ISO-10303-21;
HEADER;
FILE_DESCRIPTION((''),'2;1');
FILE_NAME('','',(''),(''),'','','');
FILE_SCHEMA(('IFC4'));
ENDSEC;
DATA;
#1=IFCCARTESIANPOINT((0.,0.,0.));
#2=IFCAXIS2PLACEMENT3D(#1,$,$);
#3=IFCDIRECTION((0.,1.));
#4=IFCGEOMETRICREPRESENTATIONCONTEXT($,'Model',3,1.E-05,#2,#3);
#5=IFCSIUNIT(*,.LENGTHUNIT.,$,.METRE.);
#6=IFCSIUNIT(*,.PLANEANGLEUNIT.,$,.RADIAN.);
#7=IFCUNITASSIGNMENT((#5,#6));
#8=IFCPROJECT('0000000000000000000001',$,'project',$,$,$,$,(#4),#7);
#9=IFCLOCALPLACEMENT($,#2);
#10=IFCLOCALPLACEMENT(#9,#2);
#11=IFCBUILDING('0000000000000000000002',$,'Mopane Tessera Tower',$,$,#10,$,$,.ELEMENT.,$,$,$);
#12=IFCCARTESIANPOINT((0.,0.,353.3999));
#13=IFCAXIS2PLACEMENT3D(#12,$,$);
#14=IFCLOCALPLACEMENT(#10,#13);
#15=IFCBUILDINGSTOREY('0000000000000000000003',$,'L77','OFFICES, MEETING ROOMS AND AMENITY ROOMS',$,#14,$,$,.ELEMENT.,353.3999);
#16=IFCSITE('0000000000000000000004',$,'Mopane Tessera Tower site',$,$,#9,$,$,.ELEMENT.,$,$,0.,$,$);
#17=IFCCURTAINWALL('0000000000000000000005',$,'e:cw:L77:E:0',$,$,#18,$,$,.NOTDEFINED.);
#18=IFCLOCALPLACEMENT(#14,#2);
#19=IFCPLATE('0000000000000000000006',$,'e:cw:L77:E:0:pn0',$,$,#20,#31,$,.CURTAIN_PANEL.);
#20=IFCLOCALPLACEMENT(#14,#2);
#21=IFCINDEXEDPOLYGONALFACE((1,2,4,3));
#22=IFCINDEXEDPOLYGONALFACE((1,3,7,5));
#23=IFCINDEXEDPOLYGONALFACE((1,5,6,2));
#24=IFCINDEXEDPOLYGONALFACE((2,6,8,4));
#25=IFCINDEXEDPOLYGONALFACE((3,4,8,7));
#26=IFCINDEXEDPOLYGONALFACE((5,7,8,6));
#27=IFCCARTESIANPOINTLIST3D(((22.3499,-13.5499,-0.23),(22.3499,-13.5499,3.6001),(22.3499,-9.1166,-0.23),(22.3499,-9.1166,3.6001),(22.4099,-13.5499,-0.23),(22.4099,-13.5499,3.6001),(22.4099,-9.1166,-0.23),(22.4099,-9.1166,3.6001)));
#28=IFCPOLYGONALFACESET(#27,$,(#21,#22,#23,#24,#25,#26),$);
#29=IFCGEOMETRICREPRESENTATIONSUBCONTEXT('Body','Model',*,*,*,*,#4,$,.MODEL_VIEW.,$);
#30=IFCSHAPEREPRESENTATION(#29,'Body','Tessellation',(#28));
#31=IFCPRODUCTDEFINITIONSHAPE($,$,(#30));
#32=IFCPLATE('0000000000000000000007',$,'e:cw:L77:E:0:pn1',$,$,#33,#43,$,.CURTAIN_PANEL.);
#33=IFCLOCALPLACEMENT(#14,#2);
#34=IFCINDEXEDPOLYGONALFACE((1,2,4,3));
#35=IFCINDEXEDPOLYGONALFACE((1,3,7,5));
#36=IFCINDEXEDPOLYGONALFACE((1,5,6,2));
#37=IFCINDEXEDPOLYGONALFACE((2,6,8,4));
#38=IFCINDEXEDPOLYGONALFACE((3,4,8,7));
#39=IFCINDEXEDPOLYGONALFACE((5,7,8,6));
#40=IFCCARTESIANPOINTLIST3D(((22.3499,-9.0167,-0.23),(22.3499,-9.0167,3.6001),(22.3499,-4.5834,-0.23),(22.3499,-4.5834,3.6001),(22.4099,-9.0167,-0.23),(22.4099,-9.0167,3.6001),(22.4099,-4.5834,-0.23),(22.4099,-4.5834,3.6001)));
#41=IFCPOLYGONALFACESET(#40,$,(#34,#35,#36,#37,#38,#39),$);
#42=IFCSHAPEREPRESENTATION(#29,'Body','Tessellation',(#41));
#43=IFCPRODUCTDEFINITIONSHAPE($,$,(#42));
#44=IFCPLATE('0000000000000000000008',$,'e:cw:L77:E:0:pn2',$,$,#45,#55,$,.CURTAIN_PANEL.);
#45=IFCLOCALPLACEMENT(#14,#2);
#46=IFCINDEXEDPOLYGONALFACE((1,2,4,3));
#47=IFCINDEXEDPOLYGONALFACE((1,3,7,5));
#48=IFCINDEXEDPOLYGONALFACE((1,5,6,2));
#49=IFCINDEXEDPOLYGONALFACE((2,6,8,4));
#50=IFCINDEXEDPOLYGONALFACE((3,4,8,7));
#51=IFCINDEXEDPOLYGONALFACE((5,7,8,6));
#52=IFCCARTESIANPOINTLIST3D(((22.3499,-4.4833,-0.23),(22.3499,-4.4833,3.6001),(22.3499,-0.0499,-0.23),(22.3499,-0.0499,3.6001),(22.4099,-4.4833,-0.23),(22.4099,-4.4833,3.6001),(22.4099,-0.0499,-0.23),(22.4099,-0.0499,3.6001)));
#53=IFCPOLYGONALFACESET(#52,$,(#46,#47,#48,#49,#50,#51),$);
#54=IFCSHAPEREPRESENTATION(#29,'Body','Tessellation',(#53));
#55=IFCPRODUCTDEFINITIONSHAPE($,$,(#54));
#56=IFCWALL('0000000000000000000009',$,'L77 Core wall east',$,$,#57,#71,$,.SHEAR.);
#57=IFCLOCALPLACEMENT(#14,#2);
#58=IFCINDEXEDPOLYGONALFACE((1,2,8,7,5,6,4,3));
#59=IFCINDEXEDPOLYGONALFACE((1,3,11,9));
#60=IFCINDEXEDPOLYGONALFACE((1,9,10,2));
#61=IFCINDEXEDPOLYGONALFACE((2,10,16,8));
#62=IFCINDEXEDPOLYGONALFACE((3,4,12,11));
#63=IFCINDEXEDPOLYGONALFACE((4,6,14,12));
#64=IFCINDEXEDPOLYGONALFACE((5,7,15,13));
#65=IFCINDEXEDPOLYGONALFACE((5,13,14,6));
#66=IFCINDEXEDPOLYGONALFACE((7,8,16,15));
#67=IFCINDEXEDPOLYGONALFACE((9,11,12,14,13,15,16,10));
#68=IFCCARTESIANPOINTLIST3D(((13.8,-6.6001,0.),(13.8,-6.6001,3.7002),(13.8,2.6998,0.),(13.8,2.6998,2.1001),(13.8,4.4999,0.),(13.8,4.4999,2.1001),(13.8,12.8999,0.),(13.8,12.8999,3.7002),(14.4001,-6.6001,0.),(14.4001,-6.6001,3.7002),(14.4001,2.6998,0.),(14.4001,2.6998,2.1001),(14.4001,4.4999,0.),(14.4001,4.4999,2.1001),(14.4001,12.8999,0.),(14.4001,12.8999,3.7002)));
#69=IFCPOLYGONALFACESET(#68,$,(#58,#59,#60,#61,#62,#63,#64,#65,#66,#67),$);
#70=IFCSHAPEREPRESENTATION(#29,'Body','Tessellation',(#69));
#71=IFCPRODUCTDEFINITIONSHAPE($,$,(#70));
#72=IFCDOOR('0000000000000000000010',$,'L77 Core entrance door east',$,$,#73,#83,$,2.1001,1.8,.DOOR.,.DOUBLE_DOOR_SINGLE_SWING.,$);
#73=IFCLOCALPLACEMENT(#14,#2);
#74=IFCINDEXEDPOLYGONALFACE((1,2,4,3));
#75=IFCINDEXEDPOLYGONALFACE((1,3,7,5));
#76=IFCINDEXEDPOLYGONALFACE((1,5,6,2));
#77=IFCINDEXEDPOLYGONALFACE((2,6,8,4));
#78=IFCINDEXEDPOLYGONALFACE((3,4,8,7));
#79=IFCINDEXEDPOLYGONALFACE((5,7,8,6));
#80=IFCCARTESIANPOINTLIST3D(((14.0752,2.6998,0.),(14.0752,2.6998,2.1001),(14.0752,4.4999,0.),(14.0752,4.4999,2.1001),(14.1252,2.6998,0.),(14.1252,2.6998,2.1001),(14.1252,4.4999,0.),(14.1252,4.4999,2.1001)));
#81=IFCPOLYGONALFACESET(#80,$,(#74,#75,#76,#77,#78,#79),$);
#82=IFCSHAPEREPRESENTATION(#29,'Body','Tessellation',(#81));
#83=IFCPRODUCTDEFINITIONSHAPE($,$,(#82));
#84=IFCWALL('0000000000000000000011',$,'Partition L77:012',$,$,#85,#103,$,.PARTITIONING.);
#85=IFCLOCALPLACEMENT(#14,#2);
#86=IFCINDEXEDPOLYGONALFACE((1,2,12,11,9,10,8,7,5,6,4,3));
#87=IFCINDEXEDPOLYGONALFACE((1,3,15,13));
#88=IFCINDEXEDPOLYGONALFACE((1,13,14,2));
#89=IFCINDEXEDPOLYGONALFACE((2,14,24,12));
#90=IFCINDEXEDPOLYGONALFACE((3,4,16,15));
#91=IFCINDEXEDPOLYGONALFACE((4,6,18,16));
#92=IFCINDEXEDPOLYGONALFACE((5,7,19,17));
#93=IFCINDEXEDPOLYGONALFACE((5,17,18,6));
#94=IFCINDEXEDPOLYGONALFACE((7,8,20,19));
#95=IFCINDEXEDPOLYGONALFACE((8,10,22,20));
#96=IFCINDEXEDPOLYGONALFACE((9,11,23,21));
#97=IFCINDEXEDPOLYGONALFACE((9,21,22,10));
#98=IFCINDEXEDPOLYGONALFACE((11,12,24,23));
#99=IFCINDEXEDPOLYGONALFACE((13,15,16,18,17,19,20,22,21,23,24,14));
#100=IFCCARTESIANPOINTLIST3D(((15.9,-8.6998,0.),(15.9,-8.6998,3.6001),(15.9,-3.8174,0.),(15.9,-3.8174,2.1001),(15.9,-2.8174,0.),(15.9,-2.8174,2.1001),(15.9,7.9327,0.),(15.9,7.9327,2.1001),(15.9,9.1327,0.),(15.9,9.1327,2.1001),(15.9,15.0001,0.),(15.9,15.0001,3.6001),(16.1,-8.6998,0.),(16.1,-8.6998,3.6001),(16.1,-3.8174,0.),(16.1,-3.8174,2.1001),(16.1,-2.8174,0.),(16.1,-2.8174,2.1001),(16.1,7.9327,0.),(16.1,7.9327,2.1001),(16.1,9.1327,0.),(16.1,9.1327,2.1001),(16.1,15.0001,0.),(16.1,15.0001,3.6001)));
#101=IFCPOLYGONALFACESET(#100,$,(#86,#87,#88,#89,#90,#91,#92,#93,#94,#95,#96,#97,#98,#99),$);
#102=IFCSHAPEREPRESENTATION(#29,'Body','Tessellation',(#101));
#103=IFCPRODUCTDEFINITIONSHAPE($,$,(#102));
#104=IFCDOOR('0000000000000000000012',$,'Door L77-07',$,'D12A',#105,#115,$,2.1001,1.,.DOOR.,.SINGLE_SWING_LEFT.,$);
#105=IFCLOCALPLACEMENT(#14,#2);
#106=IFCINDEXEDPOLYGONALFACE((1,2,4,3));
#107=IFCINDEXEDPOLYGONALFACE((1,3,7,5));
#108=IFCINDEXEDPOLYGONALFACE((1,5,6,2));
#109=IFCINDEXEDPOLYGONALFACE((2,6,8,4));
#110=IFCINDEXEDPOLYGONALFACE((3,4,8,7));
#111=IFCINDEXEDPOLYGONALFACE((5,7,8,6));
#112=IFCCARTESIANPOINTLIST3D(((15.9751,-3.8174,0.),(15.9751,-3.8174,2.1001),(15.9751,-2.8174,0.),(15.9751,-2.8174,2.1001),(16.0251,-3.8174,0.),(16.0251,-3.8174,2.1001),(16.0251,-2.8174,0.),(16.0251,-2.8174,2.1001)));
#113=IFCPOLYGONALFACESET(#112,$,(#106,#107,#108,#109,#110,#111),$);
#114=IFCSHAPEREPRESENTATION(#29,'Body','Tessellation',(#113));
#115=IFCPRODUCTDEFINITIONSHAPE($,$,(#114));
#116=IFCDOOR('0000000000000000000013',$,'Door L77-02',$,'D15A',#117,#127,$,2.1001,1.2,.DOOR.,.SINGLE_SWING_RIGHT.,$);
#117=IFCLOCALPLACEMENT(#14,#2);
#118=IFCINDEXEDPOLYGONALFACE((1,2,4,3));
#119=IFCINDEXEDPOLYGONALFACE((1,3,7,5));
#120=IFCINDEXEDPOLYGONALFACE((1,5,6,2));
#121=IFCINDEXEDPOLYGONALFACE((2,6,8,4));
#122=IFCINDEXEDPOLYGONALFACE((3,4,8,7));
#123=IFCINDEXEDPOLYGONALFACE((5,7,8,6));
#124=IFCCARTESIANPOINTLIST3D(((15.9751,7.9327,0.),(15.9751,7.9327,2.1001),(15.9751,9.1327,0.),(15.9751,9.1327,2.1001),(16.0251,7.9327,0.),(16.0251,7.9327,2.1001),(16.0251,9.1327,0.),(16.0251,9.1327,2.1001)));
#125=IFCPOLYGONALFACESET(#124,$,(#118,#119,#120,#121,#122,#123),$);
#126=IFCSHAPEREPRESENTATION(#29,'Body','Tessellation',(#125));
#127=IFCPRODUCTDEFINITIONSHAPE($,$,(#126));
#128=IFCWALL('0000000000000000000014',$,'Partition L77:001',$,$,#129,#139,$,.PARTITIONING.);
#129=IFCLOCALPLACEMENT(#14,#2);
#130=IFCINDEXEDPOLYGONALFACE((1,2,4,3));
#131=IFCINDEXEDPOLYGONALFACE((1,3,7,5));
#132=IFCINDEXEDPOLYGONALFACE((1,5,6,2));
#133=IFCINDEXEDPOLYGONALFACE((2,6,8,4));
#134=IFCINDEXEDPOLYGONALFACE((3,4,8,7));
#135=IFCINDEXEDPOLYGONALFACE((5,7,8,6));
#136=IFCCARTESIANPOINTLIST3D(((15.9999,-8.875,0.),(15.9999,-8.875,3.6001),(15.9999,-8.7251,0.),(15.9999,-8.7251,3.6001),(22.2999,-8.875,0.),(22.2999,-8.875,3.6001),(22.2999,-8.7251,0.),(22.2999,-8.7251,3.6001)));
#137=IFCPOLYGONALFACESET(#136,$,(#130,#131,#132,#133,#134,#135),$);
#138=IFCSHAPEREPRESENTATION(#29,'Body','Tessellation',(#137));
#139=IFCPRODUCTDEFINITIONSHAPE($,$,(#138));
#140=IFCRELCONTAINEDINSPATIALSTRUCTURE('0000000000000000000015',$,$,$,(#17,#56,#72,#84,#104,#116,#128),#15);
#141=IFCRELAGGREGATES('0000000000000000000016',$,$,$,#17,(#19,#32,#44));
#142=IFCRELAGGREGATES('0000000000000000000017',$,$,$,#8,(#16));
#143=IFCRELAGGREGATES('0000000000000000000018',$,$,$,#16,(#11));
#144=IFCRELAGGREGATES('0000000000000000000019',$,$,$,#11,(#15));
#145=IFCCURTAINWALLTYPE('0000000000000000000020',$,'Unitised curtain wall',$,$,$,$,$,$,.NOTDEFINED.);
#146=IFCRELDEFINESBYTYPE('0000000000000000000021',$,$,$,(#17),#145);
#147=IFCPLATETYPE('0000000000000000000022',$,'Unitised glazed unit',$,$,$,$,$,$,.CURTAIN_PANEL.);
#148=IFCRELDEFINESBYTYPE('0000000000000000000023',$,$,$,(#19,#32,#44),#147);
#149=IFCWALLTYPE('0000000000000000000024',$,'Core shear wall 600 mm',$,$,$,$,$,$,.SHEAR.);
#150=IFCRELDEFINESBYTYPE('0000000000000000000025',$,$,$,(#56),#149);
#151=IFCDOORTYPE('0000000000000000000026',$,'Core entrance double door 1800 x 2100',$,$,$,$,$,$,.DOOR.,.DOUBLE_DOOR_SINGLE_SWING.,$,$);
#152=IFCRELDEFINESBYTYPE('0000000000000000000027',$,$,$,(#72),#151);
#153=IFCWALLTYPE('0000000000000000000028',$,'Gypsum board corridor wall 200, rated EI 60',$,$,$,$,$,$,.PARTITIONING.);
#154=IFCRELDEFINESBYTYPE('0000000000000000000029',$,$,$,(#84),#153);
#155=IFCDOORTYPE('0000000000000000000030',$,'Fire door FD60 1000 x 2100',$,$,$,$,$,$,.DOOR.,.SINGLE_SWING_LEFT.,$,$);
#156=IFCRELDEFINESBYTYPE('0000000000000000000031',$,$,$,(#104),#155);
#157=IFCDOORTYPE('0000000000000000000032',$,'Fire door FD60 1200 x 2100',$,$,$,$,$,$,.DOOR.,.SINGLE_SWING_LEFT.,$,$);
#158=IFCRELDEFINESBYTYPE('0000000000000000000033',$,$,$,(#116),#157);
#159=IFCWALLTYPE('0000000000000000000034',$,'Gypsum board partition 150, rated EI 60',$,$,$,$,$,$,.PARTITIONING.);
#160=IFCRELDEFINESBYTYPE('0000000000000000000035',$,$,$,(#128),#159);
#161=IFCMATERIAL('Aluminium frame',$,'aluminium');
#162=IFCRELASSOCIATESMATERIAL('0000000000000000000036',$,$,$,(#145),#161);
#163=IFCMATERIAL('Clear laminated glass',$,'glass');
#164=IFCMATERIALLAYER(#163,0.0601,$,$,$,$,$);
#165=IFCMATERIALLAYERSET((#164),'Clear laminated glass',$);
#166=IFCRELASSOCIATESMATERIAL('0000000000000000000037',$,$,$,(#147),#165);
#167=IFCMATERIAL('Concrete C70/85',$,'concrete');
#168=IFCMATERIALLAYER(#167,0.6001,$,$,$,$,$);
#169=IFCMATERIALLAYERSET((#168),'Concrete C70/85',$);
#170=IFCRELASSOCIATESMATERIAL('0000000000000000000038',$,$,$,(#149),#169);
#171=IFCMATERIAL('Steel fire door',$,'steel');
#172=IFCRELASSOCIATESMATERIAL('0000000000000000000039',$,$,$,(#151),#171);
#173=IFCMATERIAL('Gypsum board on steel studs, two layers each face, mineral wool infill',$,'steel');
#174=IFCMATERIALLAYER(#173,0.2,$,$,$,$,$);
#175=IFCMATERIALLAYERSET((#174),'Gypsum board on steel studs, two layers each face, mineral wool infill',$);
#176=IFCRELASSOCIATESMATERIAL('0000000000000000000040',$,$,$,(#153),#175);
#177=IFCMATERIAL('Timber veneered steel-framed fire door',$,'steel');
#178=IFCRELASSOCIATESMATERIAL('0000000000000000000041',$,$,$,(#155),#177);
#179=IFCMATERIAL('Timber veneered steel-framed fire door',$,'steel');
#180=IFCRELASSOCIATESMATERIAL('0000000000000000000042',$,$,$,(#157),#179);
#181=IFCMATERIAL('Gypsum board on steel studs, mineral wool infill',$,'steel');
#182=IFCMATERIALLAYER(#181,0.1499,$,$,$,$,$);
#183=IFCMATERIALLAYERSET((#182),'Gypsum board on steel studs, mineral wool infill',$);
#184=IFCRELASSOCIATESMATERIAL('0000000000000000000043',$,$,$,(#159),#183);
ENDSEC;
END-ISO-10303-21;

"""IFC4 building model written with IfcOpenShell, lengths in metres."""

from ifc_helpers import new_model, si_unit, direction, frame, frame_2d, origin, origin_2d, place, context, subcontext, project, spatial, rectangle, extrude, material, layer, layer_set, type_object, element, fill, aggregate, save


model = new_model("IFC4")

# Units and contexts
model_context = context("Model", 3, precision=1e-05, world=origin(), true_north=direction((0.0, 1.0)))
body_context = subcontext(model_context, "Body", "Model", "MODEL_VIEW")
ifc_project = project(units=[si_unit("LENGTHUNIT", "METRE"), si_unit("PLANEANGLEUNIT", "RADIAN")], contexts=[model_context])

# Site, building, storey
site_placement = place(None, origin())
site = spatial("IfcSite", under=ifc_project, at=site_placement, Name="Mopane Tessera Tower site", CompositionType="ELEMENT", RefElevation=0.0)
building_placement = place(site_placement, origin())
building = spatial("IfcBuilding", under=site, at=building_placement, Name="Mopane Tessera Tower", CompositionType="ELEMENT")
storey_placement = place(building_placement, frame((0.0, 0.0, 353.3999)))
storey = spatial("IfcBuildingStorey", under=building, at=storey_placement, Name="L77", Description="OFFICES, MEETING ROOMS AND AMENITY ROOMS", CompositionType="ELEMENT", Elevation=353.3999)

# Curtain wall
ifc_material_1 = material(Name="Aluminium frame", Category="aluminium")
curtain_wall_type = type_object("IfcCurtainWallType", Name="Unitised curtain wall", PredefinedType="NOTDEFINED", material=ifc_material_1)
curtain_wall_1_placement = place(storey_placement, origin())
curtain_wall_1 = element("IfcCurtainWall", 1, at=curtain_wall_1_placement, inside=storey, type_object=curtain_wall_type, Name="e:cw:L77:E:0", PredefinedType="NOTDEFINED")

# Plates
ifc_material_2 = material(Name="Clear laminated glass", Category="glass")
ifc_layer_1 = layer(ifc_material_2, 0.0601)
ifc_layer_set_1 = layer_set([ifc_layer_1], Name="Clear laminated glass")
plate_type = type_object("IfcPlateType", Name="Unitised glazed unit", PredefinedType="CURTAIN_PANEL", material=ifc_layer_set_1)
plate_1_placement = place(storey_placement, frame((22.3799, -11.3333, -0.23), z_axis=(0.0, 0.0, 1.0), x_axis=(0.0, 1.0, 0.0)))
plate_1 = element("IfcPlate", 2, at=plate_1_placement, type_object=plate_type, Name="e:cw:L77:E:0:pn0", PredefinedType="CURTAIN_PANEL", context=body_context, shape_type="SweptSolid", body=[
    extrude(rectangle(XDim=4.4333, YDim=0.0601, at=origin_2d()), origin(), (0.0, 0.0, 1.0), 3.8301),
])
plate_2_placement = place(storey_placement, frame((22.3799, -6.8, -0.23), z_axis=(0.0, 0.0, 1.0), x_axis=(0.0, 1.0, 0.0)))
plate_2 = element("IfcPlate", 3, at=plate_2_placement, type_object=plate_type, Name="e:cw:L77:E:0:pn1", PredefinedType="CURTAIN_PANEL", context=body_context, shape_type="SweptSolid", body=[
    extrude(rectangle(XDim=4.4333, YDim=0.0601, at=origin_2d()), origin(), (0.0, 0.0, 1.0), 3.8301),
])
plate_3_placement = place(storey_placement, frame((22.3799, -2.2666, -0.23), z_axis=(0.0, 0.0, 1.0), x_axis=(0.0, 1.0, 0.0)))
plate_3 = element("IfcPlate", 4, at=plate_3_placement, type_object=plate_type, Name="e:cw:L77:E:0:pn2", PredefinedType="CURTAIN_PANEL", context=body_context, shape_type="SweptSolid", body=[
    extrude(rectangle(XDim=4.4333, YDim=0.0601, at=origin_2d()), origin(), (0.0, 0.0, 1.0), 3.8301),
])
aggregate(curtain_wall_1, [plate_1, plate_2, plate_3])

# Wall, opening, door
ifc_material_3 = material(Name="Concrete C70/85", Category="concrete")
ifc_layer_2 = layer(ifc_material_3, 0.6001)
ifc_layer_set_2 = layer_set([ifc_layer_2], Name="Concrete C70/85")
wall_type_1 = type_object("IfcWallType", Name="Core shear wall 600 mm", PredefinedType="SHEAR", material=ifc_layer_set_2)
wall_1_placement = place(storey_placement, frame((14.1001, -6.6001, 0.0), z_axis=(0.0, 0.0, 1.0), x_axis=(0.0, 1.0, 0.0)))
wall_1 = element("IfcWall", 5, at=wall_1_placement, inside=storey, type_object=wall_type_1, Name="L77 Core wall east", PredefinedType="SHEAR", context=body_context, shape_type="SweptSolid", body=[
    extrude(rectangle(XDim=19.5, YDim=0.6001, at=frame_2d((9.75, 0.0))), origin(), (0.0, 0.0, 1.0), 3.7002),
])
opening_1_placement = place(wall_1_placement, frame((9.3, 0.0, 0.0)))
opening_1 = element("IfcOpeningElement", 6, at=opening_1_placement, cuts=wall_1, PredefinedType="OPENING", context=body_context, shape_type="SweptSolid", body=[
    extrude(rectangle(XDim=1.8, YDim=2.1001, at=frame_2d((0.8999, 1.05))), frame((0.0, 0.312, 0.0), z_axis=(0.0, -1.0, 0.0), x_axis=(1.0, 0.0, 0.0)), (0.0, 0.0, 1.0), 0.624),
])
ifc_material_4 = material(Name="Steel fire door", Category="steel")
door_type_1 = type_object("IfcDoorType", Name="Core entrance double door 1800 x 2100", OperationType="DOUBLE_DOOR_SINGLE_SWING", PredefinedType="DOOR", material=ifc_material_4)
door_1_placement = place(opening_1_placement, origin())
door_1 = element("IfcDoor", 7, at=door_1_placement, inside=storey, type_object=door_type_1, Name="L77 Core entrance door east", OperationType="DOUBLE_DOOR_SINGLE_SWING", OverallHeight=2.1001, OverallWidth=1.8, PredefinedType="DOOR", context=body_context, shape_type="SweptSolid", body=[
    extrude(rectangle(XDim=1.8, YDim=2.1001, at=frame_2d((0.8999, 1.05))), frame((0.0, 0.0249, 0.0), z_axis=(0.0, -1.0, 0.0), x_axis=(1.0, 0.0, 0.0)), (0.0, 0.0, 1.0), 0.05),
])
fill(opening_1, door_1)

# Wall, openings, doors
ifc_material_5 = material(Name="Gypsum board on steel studs, two layers each face, mineral wool infill", Category="steel")
ifc_layer_3 = layer(ifc_material_5, 0.2)
ifc_layer_set_3 = layer_set([ifc_layer_3], Name="Gypsum board on steel studs, two layers each face, mineral wool infill")
wall_type_2 = type_object("IfcWallType", Name="Gypsum board corridor wall 200, rated EI 60", PredefinedType="PARTITIONING", material=ifc_layer_set_3)
wall_2_placement = place(storey_placement, frame((16.0, -8.7, 0.0), z_axis=(0.0, 0.0, 1.0), x_axis=(0.0, 1.0, 0.0)))
wall_2 = element("IfcWall", 8, at=wall_2_placement, inside=storey, type_object=wall_type_2, Name="Partition L77:012", PredefinedType="PARTITIONING", context=body_context, shape_type="SweptSolid", body=[
    extrude(rectangle(XDim=23.7, YDim=0.2, at=frame_2d((11.8501, 0.0))), origin(), (0.0, 0.0, 1.0), 3.6001),
])
opening_2_placement = place(wall_2_placement, frame((16.6326, 0.0, 0.0)))
opening_2 = element("IfcOpeningElement", 9, at=opening_2_placement, cuts=wall_2, PredefinedType="OPENING", context=body_context, shape_type="SweptSolid", body=[
    extrude(rectangle(XDim=1.2, YDim=2.1001, at=frame_2d((0.6001, 1.05))), frame((0.0, 0.1121, 0.0), z_axis=(0.0, -1.0, 0.0), x_axis=(1.0, 0.0, 0.0)), (0.0, 0.0, 1.0), 0.2239),
])
opening_3_placement = place(wall_2_placement, frame((4.8826, 0.0, 0.0)))
opening_3 = element("IfcOpeningElement", 10, at=opening_3_placement, cuts=wall_2, PredefinedType="OPENING", context=body_context, shape_type="SweptSolid", body=[
    extrude(rectangle(XDim=1.0, YDim=2.1001, at=frame_2d((0.5, 1.05))), frame((0.0, 0.1121, 0.0), z_axis=(0.0, -1.0, 0.0), x_axis=(1.0, 0.0, 0.0)), (0.0, 0.0, 1.0), 0.2239),
])
ifc_material_6 = material(Name="Timber veneered steel-framed fire door", Category="steel")
door_type_2 = type_object("IfcDoorType", Name="Fire door FD60 1000 x 2100", OperationType="SINGLE_SWING_LEFT", PredefinedType="DOOR", material=ifc_material_6)
door_2_placement = place(opening_3_placement, origin())
door_2 = element("IfcDoor", 11, at=door_2_placement, inside=storey, type_object=door_type_2, Name="Door L77-07", ObjectType="D12A", OperationType="SINGLE_SWING_LEFT", OverallHeight=2.1001, OverallWidth=1.0, PredefinedType="DOOR", context=body_context, shape_type="SweptSolid", body=[
    extrude(rectangle(XDim=1.0, YDim=2.1001, at=frame_2d((0.5, 1.05))), frame((0.0, 0.0249, 0.0), z_axis=(0.0, -1.0, 0.0), x_axis=(1.0, 0.0, 0.0)), (0.0, 0.0, 1.0), 0.05),
])
fill(opening_3, door_2)
ifc_material_7 = material(Name="Timber veneered steel-framed fire door", Category="steel")
door_type_3 = type_object("IfcDoorType", Name="Fire door FD60 1200 x 2100", OperationType="SINGLE_SWING_LEFT", PredefinedType="DOOR", material=ifc_material_7)
door_3_placement = place(opening_2_placement, origin())
door_3 = element("IfcDoor", 12, at=door_3_placement, inside=storey, type_object=door_type_3, Name="Door L77-02", ObjectType="D15A", OperationType="SINGLE_SWING_RIGHT", OverallHeight=2.1001, OverallWidth=1.2, PredefinedType="DOOR", context=body_context, shape_type="SweptSolid", body=[
    extrude(rectangle(XDim=1.2, YDim=2.1001, at=frame_2d((0.6001, 1.05))), frame((0.0, 0.0249, 0.0), z_axis=(0.0, -1.0, 0.0), x_axis=(1.0, 0.0, 0.0)), (0.0, 0.0, 1.0), 0.05),
])
fill(opening_2, door_3)

# Wall
ifc_material_8 = material(Name="Gypsum board on steel studs, mineral wool infill", Category="steel")
ifc_layer_4 = layer(ifc_material_8, 0.1499)
ifc_layer_set_4 = layer_set([ifc_layer_4], Name="Gypsum board on steel studs, mineral wool infill")
wall_type_3 = type_object("IfcWallType", Name="Gypsum board partition 150, rated EI 60", PredefinedType="PARTITIONING", material=ifc_layer_set_4)
wall_3_placement = place(storey_placement, frame((16.0, -8.8, 0.0), z_axis=(0.0, 0.0, 1.0), x_axis=(1.0, 0.0, 0.0)))
element("IfcWall", 13, at=wall_3_placement, inside=storey, type_object=wall_type_3, Name="Partition L77:001", PredefinedType="PARTITIONING", context=body_context, shape_type="SweptSolid", body=[
    extrude(rectangle(XDim=6.3, YDim=0.1499, at=frame_2d((3.1499, 0.0))), origin(), (0.0, 0.0, 1.0), 3.6001),
])

save(model, "model.ifc")
